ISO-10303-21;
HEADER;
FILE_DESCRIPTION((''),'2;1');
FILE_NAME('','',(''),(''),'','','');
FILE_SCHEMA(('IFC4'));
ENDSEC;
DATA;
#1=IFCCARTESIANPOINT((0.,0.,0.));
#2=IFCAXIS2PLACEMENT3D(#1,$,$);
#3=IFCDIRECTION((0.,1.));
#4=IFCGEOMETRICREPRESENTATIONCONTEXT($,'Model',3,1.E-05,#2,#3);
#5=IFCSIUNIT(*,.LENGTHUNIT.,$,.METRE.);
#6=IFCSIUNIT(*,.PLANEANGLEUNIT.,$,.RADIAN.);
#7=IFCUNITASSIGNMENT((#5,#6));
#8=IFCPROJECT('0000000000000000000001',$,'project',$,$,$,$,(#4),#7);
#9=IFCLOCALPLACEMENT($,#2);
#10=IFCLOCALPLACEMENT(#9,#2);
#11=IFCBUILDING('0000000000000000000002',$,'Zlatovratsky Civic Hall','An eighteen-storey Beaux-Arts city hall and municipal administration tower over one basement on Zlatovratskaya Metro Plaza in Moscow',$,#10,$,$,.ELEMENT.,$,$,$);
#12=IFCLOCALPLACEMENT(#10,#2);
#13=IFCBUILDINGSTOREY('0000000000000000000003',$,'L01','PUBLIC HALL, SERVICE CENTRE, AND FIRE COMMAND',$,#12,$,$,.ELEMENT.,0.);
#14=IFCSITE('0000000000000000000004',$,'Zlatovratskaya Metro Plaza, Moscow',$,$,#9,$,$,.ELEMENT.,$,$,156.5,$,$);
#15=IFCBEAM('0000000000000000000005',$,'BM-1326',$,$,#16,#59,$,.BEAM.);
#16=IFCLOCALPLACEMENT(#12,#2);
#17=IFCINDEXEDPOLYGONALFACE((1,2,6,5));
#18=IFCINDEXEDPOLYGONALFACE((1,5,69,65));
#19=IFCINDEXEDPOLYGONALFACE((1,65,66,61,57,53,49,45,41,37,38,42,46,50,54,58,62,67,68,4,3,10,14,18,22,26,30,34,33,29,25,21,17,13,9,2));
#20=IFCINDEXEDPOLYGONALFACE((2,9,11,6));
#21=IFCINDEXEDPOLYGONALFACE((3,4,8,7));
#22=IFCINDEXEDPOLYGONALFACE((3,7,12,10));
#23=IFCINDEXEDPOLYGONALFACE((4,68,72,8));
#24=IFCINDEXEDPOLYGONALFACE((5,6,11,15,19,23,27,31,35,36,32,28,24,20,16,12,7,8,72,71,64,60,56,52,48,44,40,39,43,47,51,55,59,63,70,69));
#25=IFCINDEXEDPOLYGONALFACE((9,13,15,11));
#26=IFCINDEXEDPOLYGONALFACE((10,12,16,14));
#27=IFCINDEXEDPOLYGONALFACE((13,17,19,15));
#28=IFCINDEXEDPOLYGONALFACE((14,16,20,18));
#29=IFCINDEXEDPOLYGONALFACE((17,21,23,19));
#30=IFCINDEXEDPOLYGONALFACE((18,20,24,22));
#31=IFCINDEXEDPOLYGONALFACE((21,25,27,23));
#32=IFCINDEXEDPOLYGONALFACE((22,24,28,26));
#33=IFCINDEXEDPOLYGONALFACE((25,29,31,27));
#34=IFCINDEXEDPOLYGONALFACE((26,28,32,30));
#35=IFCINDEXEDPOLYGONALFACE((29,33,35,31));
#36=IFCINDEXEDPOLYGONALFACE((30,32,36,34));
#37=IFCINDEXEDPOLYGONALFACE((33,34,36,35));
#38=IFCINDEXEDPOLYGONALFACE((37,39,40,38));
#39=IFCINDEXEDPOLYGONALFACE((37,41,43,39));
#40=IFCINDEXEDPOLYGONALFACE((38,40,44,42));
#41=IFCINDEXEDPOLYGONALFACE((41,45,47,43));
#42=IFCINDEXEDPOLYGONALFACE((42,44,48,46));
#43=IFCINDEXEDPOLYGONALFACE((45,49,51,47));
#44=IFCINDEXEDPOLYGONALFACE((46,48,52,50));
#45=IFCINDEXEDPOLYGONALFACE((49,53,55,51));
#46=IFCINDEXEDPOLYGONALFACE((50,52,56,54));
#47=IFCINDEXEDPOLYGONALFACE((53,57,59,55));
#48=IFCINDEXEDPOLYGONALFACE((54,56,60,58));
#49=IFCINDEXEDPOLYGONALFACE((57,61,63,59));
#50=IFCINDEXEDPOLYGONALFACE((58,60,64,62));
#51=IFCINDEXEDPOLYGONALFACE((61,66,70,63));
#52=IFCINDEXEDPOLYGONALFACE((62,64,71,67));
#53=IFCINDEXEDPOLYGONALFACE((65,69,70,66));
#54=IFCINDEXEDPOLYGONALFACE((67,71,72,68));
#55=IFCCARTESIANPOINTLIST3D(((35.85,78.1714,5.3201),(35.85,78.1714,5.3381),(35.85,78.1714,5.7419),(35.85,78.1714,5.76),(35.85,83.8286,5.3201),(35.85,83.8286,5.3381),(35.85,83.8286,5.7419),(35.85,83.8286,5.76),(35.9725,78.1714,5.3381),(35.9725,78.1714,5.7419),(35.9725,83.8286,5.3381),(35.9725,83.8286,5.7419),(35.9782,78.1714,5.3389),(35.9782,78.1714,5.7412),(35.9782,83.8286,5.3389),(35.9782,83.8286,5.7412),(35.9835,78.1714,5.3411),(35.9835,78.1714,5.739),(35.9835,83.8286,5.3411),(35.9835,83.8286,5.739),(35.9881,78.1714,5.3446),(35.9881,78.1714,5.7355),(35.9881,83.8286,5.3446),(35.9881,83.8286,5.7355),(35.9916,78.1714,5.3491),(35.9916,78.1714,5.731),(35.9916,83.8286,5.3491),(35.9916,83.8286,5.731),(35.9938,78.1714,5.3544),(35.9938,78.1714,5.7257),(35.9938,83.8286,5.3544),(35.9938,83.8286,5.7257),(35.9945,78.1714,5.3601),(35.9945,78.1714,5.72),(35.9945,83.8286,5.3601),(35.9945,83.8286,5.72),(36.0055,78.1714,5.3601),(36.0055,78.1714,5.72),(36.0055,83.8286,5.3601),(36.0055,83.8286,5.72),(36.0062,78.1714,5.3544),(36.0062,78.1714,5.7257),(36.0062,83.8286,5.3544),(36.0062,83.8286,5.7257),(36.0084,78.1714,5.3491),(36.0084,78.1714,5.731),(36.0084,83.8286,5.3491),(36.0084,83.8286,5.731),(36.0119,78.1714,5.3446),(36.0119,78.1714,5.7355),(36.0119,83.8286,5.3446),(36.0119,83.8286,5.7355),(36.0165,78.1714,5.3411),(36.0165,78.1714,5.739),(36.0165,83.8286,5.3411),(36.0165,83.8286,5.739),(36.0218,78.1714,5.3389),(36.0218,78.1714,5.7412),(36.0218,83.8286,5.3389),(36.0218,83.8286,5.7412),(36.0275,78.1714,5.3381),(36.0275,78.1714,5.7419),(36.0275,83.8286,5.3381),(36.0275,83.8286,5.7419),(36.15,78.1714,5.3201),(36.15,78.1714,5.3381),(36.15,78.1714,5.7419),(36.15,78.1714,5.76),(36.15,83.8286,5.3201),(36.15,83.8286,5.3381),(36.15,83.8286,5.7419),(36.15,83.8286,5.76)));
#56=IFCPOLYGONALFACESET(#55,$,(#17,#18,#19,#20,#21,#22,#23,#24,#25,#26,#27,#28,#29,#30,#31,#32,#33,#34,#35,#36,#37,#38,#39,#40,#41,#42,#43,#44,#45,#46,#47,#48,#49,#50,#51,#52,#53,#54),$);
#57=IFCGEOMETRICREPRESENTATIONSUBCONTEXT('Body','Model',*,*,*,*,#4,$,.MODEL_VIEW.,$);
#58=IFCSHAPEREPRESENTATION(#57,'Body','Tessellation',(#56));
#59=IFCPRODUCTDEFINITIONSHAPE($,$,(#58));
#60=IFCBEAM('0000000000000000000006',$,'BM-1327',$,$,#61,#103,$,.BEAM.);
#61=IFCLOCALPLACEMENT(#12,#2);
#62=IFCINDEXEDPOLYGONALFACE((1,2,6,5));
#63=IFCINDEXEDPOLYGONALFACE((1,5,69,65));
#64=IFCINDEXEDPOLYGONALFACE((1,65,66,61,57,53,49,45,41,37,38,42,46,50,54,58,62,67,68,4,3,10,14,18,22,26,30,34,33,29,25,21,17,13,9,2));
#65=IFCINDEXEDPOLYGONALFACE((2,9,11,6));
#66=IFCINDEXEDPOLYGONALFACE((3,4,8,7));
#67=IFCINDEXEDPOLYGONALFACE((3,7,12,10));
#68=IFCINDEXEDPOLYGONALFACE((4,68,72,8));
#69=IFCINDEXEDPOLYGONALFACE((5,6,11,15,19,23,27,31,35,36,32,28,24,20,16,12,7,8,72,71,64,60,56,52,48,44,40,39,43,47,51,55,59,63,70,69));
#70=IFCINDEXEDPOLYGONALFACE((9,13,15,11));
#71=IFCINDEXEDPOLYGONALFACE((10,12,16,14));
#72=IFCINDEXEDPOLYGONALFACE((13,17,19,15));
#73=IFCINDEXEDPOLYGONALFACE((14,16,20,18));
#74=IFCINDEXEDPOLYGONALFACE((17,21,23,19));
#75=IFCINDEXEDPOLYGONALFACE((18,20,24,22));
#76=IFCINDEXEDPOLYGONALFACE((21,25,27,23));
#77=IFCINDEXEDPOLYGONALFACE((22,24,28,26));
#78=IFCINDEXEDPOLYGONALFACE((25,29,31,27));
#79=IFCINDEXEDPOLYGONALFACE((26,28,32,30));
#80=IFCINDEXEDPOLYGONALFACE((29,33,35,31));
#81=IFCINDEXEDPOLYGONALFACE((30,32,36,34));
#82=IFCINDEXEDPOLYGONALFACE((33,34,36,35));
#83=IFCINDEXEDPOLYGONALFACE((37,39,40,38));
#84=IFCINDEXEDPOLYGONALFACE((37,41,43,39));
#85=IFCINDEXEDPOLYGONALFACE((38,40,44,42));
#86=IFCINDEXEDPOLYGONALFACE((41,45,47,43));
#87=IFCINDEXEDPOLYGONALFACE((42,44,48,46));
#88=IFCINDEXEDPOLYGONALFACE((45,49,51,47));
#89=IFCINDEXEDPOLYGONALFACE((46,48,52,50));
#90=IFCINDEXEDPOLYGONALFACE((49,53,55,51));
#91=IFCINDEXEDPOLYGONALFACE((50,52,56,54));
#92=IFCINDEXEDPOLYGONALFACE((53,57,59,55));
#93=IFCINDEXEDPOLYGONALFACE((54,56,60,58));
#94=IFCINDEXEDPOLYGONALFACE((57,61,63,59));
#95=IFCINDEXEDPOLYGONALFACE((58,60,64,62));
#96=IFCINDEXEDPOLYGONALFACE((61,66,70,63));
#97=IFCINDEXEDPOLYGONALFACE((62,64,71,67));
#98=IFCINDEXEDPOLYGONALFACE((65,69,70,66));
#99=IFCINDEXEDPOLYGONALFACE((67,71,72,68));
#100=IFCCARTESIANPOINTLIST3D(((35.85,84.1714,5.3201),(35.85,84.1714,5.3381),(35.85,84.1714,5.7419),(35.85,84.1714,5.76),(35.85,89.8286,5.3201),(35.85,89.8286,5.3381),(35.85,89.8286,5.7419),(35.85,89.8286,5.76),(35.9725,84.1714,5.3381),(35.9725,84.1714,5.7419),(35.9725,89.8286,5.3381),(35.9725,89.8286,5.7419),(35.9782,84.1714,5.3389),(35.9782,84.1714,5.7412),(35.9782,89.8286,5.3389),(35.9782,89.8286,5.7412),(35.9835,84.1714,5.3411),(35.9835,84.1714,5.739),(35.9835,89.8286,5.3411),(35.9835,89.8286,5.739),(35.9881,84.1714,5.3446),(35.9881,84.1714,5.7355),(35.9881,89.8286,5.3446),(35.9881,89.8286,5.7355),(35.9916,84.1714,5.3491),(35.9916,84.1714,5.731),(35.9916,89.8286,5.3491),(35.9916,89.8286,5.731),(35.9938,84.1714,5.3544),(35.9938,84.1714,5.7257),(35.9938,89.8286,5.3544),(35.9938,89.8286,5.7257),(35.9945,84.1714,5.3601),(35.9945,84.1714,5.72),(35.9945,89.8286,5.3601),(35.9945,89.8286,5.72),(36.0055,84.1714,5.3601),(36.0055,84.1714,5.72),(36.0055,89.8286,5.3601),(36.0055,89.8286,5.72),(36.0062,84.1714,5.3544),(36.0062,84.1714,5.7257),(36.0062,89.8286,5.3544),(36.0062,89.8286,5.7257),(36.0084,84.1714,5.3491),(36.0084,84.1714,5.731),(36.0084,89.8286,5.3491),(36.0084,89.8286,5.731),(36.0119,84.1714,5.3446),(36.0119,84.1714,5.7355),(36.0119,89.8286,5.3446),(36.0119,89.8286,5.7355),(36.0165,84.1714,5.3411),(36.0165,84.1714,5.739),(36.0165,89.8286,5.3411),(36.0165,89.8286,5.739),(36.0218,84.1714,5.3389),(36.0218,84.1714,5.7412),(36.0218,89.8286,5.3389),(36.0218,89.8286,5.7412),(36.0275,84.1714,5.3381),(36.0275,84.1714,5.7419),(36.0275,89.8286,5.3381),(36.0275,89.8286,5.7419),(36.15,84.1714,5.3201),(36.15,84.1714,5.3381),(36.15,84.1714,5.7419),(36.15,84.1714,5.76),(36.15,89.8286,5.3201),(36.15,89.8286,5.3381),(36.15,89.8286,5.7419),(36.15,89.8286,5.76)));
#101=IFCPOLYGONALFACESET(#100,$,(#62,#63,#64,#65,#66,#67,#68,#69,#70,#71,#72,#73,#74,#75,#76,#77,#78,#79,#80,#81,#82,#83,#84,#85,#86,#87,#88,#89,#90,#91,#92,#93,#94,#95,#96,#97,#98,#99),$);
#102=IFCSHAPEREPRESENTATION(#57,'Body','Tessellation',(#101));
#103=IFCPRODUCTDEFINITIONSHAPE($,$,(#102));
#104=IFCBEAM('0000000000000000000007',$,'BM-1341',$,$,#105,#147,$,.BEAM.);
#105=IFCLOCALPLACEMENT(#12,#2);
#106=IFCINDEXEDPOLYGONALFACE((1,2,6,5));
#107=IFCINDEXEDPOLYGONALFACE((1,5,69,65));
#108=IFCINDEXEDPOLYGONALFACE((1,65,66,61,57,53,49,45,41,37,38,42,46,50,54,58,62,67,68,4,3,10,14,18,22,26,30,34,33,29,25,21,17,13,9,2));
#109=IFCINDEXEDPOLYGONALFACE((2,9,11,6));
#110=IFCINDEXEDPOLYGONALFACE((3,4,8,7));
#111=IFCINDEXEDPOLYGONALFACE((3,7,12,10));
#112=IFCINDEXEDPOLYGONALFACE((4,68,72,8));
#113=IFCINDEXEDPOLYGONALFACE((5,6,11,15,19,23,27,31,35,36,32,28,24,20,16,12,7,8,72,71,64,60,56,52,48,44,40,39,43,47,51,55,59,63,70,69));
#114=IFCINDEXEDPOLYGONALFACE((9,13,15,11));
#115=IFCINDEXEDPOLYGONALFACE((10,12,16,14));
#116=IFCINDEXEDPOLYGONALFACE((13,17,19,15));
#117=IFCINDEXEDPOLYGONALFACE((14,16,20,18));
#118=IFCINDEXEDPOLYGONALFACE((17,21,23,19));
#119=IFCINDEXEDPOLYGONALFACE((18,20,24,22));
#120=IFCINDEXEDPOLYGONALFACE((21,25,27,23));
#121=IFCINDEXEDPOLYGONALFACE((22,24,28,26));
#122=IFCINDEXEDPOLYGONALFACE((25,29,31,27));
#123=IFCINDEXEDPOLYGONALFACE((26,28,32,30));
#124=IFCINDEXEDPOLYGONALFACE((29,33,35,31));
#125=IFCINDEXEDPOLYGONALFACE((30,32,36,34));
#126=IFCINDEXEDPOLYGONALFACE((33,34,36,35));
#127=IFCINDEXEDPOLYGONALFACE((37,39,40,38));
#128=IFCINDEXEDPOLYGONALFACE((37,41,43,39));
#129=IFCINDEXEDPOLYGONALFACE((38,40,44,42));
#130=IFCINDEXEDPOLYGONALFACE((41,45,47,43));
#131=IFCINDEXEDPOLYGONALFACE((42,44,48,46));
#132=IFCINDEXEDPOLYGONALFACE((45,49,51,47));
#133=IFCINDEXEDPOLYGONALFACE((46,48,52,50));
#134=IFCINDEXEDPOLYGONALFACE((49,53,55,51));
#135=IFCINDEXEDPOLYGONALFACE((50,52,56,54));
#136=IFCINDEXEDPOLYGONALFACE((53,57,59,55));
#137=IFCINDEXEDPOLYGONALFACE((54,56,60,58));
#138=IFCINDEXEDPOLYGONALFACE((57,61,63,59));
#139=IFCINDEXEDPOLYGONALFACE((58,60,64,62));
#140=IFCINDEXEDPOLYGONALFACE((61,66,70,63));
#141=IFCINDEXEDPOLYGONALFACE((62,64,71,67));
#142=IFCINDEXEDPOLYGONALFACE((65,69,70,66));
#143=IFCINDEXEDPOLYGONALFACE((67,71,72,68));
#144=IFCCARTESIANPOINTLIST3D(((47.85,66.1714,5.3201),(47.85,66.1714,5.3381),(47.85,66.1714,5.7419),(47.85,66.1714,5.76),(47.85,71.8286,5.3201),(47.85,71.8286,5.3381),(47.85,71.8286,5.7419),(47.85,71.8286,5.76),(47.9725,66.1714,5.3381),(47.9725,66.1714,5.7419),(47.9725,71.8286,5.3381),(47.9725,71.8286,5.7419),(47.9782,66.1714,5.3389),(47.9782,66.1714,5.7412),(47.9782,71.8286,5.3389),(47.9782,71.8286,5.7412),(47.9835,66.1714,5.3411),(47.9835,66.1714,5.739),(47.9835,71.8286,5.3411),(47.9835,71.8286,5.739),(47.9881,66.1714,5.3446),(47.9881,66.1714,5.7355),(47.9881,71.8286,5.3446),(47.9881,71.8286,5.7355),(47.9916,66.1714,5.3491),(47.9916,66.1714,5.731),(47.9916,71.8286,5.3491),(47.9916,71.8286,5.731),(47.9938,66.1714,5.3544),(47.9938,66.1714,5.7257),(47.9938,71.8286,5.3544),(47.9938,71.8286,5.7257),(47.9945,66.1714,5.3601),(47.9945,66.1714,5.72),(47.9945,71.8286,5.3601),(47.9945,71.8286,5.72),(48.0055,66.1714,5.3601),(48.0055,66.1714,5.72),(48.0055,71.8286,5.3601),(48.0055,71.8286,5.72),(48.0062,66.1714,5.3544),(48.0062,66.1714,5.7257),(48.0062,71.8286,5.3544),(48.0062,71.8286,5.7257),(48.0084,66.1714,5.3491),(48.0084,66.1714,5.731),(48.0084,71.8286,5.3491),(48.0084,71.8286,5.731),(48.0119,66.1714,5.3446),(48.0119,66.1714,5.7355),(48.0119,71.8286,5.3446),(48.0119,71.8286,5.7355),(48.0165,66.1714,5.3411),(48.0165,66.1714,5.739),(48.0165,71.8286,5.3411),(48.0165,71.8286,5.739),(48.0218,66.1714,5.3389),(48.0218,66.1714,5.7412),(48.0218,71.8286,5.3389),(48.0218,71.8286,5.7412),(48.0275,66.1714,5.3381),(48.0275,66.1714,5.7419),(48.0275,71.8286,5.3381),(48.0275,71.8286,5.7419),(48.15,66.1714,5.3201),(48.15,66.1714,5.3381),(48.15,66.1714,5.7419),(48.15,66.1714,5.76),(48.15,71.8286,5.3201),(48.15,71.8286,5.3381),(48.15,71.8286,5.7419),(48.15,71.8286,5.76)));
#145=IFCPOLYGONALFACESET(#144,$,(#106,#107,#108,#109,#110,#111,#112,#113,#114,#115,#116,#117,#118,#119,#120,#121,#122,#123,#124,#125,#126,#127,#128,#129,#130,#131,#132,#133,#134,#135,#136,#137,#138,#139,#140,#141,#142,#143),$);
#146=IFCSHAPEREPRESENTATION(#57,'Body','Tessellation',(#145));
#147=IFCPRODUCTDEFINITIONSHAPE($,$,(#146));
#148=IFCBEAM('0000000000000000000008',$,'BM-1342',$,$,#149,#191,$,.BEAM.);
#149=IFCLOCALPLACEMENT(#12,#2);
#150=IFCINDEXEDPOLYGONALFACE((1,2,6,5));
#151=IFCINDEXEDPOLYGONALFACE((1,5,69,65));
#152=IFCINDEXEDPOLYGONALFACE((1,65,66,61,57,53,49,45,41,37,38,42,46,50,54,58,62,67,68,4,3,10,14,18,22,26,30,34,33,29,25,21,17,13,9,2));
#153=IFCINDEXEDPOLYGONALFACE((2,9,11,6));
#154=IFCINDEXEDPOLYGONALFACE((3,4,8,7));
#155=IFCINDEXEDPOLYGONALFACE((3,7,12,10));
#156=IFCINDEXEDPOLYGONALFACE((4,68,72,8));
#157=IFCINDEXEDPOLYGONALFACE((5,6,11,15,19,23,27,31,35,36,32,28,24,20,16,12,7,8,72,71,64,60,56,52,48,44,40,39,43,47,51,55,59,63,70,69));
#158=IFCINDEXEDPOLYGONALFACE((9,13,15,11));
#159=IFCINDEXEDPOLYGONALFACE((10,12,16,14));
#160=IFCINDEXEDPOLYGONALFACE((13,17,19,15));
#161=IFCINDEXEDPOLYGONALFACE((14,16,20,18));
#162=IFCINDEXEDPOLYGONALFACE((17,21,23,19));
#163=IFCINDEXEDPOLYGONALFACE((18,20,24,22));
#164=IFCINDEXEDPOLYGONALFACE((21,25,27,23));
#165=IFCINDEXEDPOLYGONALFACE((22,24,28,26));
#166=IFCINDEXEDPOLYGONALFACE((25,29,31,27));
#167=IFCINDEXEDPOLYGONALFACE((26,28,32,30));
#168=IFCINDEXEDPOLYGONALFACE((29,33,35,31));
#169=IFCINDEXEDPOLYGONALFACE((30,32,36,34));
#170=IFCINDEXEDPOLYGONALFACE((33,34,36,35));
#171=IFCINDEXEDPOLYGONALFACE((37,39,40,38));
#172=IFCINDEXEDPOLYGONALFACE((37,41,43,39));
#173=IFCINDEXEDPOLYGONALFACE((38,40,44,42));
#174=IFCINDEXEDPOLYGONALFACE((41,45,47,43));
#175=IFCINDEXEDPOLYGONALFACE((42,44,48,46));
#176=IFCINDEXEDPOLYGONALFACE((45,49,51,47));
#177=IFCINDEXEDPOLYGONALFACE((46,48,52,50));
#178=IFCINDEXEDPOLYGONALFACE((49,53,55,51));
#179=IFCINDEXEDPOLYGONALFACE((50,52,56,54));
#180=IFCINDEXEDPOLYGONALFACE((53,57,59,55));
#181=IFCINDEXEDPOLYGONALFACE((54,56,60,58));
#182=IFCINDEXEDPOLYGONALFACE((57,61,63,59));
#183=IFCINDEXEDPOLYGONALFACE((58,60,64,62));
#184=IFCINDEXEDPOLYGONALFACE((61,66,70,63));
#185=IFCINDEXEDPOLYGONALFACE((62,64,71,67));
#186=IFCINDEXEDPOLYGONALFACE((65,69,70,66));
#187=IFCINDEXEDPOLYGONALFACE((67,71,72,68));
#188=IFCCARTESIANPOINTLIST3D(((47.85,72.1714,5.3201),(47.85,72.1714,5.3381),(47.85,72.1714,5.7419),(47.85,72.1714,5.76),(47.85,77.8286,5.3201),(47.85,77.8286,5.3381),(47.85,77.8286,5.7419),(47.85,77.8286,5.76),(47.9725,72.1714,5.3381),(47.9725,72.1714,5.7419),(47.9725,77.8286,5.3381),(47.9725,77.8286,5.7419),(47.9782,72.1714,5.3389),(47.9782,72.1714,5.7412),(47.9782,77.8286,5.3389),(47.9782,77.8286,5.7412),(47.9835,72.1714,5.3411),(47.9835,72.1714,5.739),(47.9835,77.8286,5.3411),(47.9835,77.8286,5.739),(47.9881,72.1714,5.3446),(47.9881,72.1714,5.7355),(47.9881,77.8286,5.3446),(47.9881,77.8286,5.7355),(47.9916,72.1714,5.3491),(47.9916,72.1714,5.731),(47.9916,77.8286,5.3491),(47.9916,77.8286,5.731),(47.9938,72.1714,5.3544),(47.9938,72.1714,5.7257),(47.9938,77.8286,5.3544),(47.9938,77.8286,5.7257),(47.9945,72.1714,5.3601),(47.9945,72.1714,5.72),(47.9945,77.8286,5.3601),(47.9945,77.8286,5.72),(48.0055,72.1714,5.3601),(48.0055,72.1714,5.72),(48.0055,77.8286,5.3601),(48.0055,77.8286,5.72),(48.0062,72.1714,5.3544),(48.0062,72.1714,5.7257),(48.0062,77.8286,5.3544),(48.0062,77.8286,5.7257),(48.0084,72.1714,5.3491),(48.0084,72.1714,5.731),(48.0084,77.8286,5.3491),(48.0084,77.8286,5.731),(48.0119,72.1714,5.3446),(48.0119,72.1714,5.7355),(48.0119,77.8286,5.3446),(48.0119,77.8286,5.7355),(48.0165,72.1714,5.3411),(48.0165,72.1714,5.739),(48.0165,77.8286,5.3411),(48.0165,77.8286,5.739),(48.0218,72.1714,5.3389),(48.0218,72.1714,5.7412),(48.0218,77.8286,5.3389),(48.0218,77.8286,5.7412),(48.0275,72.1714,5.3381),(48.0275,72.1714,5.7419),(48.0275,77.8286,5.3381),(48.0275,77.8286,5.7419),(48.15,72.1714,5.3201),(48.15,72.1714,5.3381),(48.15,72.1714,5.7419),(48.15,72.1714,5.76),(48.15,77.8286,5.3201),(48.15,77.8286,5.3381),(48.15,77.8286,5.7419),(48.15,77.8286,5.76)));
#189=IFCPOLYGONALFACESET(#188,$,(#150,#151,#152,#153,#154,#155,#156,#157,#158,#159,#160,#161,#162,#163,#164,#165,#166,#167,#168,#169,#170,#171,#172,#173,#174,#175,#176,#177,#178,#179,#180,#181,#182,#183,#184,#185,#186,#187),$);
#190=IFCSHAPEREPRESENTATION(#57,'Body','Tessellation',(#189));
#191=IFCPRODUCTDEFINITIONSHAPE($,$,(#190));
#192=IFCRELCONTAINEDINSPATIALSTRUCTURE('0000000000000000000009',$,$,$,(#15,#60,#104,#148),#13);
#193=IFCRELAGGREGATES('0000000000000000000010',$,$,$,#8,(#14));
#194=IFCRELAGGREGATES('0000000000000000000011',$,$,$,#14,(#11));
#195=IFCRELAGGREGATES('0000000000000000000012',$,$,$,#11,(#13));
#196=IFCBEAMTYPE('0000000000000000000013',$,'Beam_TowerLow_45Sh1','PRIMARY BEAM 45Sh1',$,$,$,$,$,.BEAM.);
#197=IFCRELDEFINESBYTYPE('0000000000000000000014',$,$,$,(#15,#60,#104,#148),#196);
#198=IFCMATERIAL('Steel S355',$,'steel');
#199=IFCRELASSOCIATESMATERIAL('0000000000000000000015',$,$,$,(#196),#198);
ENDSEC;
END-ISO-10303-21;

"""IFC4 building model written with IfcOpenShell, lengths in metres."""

from ifc_helpers import new_model, si_unit, direction, frame, origin, origin_2d, place, context, subcontext, project, spatial, i_section, extrude, material, material_profile, profile_set, type_object, element, save


model = new_model("IFC4")

# Units and contexts
model_context = context("Model", 3, precision=1e-05, world=origin(), true_north=direction((0.0, 1.0)))
body_context = subcontext(model_context, "Body", "Model", "MODEL_VIEW")
ifc_project = project(units=[si_unit("LENGTHUNIT", "METRE"), si_unit("PLANEANGLEUNIT", "RADIAN")], contexts=[model_context])

# Site, building, storey
site_placement = place(None, origin())
site = spatial("IfcSite", under=ifc_project, at=site_placement, Name="Zlatovratskaya Metro Plaza, Moscow", CompositionType="ELEMENT", RefElevation=156.5)
building_placement = place(site_placement, origin())
building = spatial("IfcBuilding", under=site, at=building_placement, Name="Zlatovratsky Civic Hall", Description="An eighteen-storey Beaux-Arts city hall and municipal administration tower over one basement on Zlatovratskaya Metro Plaza in Moscow", CompositionType="ELEMENT")
storey_placement = place(building_placement, origin())
storey = spatial("IfcBuildingStorey", under=building, at=storey_placement, Name="L01", Description="PUBLIC HALL, SERVICE CENTRE, AND FIRE COMMAND", CompositionType="ELEMENT", Elevation=0.0)

# Shared definitions
ifc_material_1 = material(Name="Steel S355", Category="steel")

# Beams
ifc_material_profile_1 = material_profile(ifc_material_1, i_section(OverallWidth=0.3, OverallDepth=0.4399, WebThickness=0.011, FlangeThickness=0.0181, FilletRadius=0.022, at=origin_2d()), Name="45Sh1")
ifc_profile_set_1 = profile_set([ifc_material_profile_1], Name="Steel S355")
beam_type_1 = type_object("IfcBeamType", Name="Beam_TowerLow_45Sh1", Description="PRIMARY BEAM 45Sh1", PredefinedType="BEAM", material=ifc_profile_set_1)
for number, where, z_axis, x_axis, name in (
    (1, (36.0, 78.1714, 5.54), (0.0, 1.0, 0.0), (-1.0, 0.0, 0.0), "BM-1326"),
    (2, (36.0, 84.1714, 5.54), (0.0, 1.0, 0.0), (-1.0, 0.0, 0.0), "BM-1327"),
    (3, (48.0, 66.1714, 5.54), (0.0, 1.0, 0.0), (-1.0, 0.0, 0.0), "BM-1341"),
    (4, (48.0, 72.1714, 5.54), (0.0, 1.0, 0.0), (-1.0, 0.0, 0.0), "BM-1342"),
):
    element("IfcBeam", number, at=place(storey_placement, frame(where, z_axis=z_axis, x_axis=x_axis)), inside=storey, type_object=beam_type_1, Name=name, PredefinedType="BEAM", context=body_context, shape_type="SweptSolid", body=[
        extrude(i_section(OverallWidth=0.3, OverallDepth=0.4399, WebThickness=0.011, FlangeThickness=0.0181, FilletRadius=0.022, at=origin_2d()), origin(), (0.0, 0.0, 1.0), 5.6572),
    ])

save(model, "model.ifc")
